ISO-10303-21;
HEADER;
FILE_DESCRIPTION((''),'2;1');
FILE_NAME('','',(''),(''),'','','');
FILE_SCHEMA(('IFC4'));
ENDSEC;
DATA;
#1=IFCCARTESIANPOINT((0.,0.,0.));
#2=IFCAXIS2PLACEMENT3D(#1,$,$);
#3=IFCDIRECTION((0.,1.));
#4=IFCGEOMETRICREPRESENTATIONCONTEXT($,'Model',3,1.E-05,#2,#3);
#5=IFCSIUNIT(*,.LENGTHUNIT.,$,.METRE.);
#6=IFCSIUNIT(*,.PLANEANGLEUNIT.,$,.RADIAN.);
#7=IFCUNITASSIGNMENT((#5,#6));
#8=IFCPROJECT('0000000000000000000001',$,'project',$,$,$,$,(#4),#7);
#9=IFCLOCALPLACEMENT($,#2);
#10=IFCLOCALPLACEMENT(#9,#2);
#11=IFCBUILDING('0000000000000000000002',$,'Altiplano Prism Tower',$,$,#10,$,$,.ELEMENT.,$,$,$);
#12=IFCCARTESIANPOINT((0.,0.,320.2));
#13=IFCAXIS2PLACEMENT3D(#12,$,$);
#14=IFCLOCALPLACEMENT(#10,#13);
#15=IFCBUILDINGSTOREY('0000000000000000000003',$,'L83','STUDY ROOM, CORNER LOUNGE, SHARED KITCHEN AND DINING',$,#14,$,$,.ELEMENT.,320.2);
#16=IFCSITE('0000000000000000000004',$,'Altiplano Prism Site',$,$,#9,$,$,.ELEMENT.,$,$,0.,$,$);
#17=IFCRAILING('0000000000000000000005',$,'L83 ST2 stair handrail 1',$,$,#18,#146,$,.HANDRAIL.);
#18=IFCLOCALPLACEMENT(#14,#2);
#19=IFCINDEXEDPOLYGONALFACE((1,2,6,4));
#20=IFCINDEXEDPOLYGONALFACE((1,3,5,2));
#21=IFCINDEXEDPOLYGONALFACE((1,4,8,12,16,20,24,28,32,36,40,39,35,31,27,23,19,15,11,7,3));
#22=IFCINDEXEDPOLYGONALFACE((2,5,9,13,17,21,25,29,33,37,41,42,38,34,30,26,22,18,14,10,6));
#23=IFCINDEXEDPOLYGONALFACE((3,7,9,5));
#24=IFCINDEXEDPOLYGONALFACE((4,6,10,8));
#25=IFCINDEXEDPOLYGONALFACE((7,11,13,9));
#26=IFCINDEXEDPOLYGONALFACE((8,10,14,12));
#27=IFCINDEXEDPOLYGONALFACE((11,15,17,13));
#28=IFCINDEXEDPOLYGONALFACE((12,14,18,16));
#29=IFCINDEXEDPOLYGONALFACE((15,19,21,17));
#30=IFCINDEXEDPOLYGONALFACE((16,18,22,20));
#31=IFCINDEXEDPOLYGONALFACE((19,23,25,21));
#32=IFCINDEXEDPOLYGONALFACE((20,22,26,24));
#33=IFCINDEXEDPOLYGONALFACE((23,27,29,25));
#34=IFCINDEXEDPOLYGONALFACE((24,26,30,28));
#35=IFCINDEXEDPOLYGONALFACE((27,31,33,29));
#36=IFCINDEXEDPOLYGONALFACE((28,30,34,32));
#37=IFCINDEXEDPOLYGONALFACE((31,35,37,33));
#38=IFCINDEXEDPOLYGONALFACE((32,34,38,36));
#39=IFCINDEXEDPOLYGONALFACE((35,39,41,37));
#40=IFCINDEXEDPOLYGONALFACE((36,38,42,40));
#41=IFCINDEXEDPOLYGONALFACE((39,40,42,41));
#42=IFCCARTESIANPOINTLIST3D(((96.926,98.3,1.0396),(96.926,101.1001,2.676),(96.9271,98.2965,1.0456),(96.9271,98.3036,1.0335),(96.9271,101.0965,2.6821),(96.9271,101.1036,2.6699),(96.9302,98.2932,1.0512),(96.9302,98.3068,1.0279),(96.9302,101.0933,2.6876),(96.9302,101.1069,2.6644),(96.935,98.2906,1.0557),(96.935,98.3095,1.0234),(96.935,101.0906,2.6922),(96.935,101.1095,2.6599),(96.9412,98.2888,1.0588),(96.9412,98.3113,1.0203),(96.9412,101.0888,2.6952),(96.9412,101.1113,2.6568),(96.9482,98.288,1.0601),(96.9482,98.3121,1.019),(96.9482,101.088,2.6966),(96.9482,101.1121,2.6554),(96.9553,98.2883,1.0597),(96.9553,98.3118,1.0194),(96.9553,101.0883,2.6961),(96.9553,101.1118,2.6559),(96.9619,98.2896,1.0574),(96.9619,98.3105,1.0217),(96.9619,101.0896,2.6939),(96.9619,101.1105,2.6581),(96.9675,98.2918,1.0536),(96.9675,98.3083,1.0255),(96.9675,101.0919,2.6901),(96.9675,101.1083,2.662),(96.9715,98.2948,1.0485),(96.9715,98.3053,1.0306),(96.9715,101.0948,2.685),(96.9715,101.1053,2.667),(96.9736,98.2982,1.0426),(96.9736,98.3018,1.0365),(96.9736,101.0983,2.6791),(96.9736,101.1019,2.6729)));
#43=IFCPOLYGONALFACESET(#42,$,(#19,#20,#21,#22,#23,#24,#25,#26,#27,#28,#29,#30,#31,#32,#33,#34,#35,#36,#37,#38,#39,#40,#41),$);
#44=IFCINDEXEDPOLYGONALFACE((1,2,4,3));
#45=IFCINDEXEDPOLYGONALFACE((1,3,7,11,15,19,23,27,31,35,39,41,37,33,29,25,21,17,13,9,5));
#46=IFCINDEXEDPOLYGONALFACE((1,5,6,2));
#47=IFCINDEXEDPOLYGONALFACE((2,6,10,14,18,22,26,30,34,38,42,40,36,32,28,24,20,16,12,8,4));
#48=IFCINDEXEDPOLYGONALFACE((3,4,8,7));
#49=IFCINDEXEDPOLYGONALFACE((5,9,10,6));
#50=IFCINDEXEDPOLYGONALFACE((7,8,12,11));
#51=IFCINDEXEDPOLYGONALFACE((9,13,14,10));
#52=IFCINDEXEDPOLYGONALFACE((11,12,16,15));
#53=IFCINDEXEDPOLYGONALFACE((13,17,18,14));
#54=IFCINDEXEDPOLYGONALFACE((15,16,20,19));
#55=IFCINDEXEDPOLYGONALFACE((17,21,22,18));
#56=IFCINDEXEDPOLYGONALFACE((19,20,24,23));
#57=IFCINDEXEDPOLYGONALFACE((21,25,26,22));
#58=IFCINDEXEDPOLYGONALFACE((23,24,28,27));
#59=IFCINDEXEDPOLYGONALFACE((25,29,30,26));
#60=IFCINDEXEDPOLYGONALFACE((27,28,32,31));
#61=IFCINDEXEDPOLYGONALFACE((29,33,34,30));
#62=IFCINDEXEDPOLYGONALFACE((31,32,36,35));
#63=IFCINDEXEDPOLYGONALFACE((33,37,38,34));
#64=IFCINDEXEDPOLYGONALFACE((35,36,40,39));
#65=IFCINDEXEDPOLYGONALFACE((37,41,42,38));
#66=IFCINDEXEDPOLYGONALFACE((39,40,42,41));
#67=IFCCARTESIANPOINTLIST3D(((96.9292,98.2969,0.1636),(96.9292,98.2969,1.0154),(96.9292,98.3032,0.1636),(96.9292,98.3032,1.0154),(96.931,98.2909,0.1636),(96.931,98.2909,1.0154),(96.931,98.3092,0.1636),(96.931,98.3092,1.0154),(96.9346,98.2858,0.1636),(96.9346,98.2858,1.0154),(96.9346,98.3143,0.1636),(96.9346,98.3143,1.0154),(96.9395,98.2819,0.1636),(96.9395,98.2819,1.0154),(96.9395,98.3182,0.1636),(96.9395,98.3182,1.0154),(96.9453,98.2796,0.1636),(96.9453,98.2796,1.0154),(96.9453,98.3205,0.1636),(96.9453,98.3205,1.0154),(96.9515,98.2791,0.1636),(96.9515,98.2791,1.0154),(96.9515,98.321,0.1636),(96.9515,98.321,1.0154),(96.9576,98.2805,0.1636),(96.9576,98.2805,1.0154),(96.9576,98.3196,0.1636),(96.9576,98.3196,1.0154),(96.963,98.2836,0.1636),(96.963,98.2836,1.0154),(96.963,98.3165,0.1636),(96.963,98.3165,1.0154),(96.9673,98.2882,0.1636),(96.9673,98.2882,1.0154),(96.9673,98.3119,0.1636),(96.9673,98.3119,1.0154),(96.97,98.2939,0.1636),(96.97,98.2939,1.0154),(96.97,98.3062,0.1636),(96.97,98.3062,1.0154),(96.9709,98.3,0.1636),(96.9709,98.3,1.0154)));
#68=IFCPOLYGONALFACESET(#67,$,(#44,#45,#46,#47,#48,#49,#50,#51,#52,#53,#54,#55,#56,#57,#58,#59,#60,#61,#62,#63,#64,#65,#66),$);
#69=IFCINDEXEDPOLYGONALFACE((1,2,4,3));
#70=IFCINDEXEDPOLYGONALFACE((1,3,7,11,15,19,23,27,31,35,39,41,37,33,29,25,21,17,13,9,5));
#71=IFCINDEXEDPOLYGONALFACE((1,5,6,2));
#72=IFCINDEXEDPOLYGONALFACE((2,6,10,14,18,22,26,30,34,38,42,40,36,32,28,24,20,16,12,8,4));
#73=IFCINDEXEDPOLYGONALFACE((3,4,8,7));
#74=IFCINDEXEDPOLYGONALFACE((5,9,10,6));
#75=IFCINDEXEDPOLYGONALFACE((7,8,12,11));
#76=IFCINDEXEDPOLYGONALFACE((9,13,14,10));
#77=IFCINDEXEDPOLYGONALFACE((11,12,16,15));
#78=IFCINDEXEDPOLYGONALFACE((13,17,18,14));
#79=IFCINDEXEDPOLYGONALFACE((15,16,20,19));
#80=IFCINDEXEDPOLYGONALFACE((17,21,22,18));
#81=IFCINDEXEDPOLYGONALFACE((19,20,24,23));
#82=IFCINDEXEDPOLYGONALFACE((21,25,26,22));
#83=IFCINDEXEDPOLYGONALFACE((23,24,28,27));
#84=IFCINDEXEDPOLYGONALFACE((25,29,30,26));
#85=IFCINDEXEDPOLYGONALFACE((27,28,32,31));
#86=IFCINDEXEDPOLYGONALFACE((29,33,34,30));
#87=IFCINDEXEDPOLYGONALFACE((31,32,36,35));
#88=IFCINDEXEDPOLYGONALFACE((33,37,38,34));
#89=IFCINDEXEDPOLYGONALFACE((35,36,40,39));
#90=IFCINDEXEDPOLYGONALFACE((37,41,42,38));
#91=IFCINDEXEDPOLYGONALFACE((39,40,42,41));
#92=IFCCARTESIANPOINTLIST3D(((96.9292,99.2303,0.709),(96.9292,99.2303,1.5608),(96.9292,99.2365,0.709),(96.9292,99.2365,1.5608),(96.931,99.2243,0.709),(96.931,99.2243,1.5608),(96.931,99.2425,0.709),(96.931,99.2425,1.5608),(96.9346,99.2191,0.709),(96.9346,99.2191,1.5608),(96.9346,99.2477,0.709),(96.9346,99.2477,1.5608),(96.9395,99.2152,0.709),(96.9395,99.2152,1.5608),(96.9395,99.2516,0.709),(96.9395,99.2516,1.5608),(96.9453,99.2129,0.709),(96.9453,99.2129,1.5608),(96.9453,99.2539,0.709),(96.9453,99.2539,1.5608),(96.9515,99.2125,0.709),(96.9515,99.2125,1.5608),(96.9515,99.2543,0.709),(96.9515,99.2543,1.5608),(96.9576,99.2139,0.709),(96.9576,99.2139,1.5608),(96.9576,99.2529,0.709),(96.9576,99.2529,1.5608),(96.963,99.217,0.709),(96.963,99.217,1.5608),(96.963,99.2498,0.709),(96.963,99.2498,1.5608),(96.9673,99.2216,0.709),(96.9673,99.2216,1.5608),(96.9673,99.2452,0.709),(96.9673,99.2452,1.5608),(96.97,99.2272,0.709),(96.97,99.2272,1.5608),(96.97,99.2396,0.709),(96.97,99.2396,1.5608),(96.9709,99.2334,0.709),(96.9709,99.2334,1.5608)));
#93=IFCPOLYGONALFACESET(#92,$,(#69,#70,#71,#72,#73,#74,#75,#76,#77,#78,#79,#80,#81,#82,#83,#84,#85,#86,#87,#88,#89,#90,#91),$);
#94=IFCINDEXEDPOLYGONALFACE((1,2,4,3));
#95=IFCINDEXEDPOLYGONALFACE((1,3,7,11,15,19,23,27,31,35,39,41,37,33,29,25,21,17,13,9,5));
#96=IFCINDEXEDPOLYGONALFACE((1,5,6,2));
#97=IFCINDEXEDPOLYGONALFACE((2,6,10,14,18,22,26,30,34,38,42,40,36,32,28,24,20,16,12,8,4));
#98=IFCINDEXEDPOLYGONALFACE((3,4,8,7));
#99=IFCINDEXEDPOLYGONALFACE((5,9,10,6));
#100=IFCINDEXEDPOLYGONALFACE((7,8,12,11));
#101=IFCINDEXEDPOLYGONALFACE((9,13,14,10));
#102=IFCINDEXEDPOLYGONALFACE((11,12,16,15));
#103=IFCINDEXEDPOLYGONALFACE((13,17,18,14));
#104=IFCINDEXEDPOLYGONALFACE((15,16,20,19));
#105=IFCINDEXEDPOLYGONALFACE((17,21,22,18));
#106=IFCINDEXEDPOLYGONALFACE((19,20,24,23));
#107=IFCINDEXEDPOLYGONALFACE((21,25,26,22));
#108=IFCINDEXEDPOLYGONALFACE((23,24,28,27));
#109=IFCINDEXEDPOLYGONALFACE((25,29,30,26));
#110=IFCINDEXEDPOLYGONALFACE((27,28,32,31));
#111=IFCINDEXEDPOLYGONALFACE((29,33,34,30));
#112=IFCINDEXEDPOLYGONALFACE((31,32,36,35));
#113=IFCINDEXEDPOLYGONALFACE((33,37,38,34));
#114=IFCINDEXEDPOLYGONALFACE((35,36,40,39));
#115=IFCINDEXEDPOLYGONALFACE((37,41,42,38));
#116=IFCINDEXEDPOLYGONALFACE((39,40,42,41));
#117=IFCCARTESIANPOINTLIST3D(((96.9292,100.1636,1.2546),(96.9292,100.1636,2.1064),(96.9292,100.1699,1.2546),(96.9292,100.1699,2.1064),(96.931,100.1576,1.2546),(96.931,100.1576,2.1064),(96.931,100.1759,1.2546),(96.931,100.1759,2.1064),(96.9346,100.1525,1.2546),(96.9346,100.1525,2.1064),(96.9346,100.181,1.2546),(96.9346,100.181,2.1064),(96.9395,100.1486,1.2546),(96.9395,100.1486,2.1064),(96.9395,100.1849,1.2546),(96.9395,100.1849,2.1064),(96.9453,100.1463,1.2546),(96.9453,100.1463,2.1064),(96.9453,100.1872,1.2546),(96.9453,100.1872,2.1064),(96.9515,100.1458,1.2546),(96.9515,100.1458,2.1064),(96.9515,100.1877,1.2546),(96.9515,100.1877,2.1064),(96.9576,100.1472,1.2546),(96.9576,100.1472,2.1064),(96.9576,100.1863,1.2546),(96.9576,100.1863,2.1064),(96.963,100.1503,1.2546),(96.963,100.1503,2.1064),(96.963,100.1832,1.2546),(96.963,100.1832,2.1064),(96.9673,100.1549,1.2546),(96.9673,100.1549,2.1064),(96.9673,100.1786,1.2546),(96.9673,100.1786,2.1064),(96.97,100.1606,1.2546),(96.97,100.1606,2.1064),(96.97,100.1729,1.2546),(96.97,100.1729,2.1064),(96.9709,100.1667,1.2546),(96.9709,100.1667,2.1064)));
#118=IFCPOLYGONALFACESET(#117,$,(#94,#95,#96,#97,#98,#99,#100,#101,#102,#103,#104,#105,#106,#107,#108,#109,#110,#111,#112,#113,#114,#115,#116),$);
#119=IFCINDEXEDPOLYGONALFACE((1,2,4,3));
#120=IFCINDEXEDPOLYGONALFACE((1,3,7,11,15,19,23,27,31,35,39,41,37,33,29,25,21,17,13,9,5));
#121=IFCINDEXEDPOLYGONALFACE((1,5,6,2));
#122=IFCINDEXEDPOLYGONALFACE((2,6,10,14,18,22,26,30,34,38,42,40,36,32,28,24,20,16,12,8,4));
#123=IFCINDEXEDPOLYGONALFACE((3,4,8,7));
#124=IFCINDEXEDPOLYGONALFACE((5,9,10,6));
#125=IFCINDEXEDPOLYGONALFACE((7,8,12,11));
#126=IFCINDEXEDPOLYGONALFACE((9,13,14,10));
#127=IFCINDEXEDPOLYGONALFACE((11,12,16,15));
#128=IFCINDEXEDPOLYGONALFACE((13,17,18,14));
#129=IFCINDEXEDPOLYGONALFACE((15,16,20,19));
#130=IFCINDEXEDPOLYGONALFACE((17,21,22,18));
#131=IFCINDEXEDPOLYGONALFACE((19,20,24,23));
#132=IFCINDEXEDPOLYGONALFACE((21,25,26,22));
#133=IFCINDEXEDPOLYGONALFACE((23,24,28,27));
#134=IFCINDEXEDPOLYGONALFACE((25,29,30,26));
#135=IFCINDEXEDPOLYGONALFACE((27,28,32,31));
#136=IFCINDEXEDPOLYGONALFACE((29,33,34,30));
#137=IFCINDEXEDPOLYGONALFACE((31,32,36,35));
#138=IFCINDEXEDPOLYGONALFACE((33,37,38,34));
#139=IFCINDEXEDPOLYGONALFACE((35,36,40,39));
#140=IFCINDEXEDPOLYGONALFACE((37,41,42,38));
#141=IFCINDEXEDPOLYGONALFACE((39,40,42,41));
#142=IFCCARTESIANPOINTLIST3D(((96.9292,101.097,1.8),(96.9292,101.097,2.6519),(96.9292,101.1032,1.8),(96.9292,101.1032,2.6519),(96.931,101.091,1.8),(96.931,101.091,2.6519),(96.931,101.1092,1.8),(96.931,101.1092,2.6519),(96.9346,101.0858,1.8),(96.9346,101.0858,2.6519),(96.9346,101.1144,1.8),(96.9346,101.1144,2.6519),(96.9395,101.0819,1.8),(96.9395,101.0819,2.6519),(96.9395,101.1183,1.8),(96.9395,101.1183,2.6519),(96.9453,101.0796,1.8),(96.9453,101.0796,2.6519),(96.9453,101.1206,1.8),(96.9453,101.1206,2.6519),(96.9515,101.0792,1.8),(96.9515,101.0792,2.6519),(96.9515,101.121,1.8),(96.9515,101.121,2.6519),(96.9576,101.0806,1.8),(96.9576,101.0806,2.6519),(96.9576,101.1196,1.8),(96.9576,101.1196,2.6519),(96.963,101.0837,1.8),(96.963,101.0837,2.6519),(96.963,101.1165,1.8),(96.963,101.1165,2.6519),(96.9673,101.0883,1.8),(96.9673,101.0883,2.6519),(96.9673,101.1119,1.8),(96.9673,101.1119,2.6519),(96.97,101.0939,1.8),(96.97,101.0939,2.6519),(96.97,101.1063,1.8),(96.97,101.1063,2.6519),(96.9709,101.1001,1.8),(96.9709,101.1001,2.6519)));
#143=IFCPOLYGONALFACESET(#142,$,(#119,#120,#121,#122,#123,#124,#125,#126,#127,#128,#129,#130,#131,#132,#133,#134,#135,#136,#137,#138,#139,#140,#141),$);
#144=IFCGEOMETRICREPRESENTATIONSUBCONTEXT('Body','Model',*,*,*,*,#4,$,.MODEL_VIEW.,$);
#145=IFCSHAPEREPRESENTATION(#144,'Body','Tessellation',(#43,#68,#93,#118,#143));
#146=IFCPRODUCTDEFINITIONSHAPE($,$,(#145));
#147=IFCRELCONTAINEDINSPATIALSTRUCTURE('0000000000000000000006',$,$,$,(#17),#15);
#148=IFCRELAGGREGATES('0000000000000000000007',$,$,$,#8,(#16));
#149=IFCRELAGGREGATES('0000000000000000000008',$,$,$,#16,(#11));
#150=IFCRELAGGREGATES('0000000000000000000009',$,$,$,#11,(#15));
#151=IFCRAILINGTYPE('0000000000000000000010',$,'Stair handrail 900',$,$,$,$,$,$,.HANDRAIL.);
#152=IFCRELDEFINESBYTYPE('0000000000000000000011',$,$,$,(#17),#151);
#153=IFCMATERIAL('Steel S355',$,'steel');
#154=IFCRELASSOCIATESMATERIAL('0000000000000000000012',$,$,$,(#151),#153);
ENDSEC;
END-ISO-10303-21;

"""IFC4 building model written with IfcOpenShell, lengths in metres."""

from ifc_helpers import new_model, si_unit, direction, frame, origin, origin_2d, place, context, subcontext, project, spatial, circle, extrude, material, type_object, element, save


model = new_model("IFC4")

# Units and contexts
model_context = context("Model", 3, precision=1e-05, world=origin(), true_north=direction((0.0, 1.0)))
body_context = subcontext(model_context, "Body", "Model", "MODEL_VIEW")
ifc_project = project(units=[si_unit("LENGTHUNIT", "METRE"), si_unit("PLANEANGLEUNIT", "RADIAN")], contexts=[model_context])

# Site, building, storey
site_placement = place(None, origin())
site = spatial("IfcSite", under=ifc_project, at=site_placement, Name="Altiplano Prism Site", CompositionType="ELEMENT", RefElevation=0.0)
building_placement = place(site_placement, origin())
building = spatial("IfcBuilding", under=site, at=building_placement, Name="Altiplano Prism Tower", CompositionType="ELEMENT")
storey_placement = place(building_placement, frame((0.0, 0.0, 320.2)))
storey = spatial("IfcBuildingStorey", under=building, at=storey_placement, Name="L83", Description="STUDY ROOM, CORNER LOUNGE, SHARED KITCHEN AND DINING", CompositionType="ELEMENT", Elevation=320.2)

# Railing
ifc_material_1 = material(Name="Steel S355", Category="steel")
railing_type_1 = type_object("IfcRailingType", Name="Stair handrail 900", PredefinedType="HANDRAIL", material=ifc_material_1)
railing_1_placement = place(storey_placement, frame((96.95, 98.3, 0.1636)))
element("IfcRailing", 1, at=railing_1_placement, inside=storey, type_object=railing_type_1, Name="L83 ST2 stair handrail 1", PredefinedType="HANDRAIL", context=body_context, shape_type="SweptSolid", body=[
    extrude(circle(Radius=0.0239, at=origin_2d()), frame((0.0, 0.0, 0.876), z_axis=(0.0, 0.863361, 0.504587), x_axis=(-1.0, 0.0, 0.0)), (0.0, 0.0, 1.0), 3.2432),
    extrude(circle(Radius=0.021, at=origin_2d()), origin(), (0.0, 0.0, 1.0), 0.8518),
    extrude(circle(Radius=0.021, at=origin_2d()), frame((0.0, 0.9333, 0.5454)), (0.0, 0.0, 1.0), 0.8518),
    extrude(circle(Radius=0.021, at=origin_2d()), frame((0.0, 1.8667, 1.0911)), (0.0, 0.0, 1.0), 0.8518),
    extrude(circle(Radius=0.021, at=origin_2d()), frame((0.0, 2.8, 1.6365)), (0.0, 0.0, 1.0), 0.8518),
])

save(model, "model.ifc")
